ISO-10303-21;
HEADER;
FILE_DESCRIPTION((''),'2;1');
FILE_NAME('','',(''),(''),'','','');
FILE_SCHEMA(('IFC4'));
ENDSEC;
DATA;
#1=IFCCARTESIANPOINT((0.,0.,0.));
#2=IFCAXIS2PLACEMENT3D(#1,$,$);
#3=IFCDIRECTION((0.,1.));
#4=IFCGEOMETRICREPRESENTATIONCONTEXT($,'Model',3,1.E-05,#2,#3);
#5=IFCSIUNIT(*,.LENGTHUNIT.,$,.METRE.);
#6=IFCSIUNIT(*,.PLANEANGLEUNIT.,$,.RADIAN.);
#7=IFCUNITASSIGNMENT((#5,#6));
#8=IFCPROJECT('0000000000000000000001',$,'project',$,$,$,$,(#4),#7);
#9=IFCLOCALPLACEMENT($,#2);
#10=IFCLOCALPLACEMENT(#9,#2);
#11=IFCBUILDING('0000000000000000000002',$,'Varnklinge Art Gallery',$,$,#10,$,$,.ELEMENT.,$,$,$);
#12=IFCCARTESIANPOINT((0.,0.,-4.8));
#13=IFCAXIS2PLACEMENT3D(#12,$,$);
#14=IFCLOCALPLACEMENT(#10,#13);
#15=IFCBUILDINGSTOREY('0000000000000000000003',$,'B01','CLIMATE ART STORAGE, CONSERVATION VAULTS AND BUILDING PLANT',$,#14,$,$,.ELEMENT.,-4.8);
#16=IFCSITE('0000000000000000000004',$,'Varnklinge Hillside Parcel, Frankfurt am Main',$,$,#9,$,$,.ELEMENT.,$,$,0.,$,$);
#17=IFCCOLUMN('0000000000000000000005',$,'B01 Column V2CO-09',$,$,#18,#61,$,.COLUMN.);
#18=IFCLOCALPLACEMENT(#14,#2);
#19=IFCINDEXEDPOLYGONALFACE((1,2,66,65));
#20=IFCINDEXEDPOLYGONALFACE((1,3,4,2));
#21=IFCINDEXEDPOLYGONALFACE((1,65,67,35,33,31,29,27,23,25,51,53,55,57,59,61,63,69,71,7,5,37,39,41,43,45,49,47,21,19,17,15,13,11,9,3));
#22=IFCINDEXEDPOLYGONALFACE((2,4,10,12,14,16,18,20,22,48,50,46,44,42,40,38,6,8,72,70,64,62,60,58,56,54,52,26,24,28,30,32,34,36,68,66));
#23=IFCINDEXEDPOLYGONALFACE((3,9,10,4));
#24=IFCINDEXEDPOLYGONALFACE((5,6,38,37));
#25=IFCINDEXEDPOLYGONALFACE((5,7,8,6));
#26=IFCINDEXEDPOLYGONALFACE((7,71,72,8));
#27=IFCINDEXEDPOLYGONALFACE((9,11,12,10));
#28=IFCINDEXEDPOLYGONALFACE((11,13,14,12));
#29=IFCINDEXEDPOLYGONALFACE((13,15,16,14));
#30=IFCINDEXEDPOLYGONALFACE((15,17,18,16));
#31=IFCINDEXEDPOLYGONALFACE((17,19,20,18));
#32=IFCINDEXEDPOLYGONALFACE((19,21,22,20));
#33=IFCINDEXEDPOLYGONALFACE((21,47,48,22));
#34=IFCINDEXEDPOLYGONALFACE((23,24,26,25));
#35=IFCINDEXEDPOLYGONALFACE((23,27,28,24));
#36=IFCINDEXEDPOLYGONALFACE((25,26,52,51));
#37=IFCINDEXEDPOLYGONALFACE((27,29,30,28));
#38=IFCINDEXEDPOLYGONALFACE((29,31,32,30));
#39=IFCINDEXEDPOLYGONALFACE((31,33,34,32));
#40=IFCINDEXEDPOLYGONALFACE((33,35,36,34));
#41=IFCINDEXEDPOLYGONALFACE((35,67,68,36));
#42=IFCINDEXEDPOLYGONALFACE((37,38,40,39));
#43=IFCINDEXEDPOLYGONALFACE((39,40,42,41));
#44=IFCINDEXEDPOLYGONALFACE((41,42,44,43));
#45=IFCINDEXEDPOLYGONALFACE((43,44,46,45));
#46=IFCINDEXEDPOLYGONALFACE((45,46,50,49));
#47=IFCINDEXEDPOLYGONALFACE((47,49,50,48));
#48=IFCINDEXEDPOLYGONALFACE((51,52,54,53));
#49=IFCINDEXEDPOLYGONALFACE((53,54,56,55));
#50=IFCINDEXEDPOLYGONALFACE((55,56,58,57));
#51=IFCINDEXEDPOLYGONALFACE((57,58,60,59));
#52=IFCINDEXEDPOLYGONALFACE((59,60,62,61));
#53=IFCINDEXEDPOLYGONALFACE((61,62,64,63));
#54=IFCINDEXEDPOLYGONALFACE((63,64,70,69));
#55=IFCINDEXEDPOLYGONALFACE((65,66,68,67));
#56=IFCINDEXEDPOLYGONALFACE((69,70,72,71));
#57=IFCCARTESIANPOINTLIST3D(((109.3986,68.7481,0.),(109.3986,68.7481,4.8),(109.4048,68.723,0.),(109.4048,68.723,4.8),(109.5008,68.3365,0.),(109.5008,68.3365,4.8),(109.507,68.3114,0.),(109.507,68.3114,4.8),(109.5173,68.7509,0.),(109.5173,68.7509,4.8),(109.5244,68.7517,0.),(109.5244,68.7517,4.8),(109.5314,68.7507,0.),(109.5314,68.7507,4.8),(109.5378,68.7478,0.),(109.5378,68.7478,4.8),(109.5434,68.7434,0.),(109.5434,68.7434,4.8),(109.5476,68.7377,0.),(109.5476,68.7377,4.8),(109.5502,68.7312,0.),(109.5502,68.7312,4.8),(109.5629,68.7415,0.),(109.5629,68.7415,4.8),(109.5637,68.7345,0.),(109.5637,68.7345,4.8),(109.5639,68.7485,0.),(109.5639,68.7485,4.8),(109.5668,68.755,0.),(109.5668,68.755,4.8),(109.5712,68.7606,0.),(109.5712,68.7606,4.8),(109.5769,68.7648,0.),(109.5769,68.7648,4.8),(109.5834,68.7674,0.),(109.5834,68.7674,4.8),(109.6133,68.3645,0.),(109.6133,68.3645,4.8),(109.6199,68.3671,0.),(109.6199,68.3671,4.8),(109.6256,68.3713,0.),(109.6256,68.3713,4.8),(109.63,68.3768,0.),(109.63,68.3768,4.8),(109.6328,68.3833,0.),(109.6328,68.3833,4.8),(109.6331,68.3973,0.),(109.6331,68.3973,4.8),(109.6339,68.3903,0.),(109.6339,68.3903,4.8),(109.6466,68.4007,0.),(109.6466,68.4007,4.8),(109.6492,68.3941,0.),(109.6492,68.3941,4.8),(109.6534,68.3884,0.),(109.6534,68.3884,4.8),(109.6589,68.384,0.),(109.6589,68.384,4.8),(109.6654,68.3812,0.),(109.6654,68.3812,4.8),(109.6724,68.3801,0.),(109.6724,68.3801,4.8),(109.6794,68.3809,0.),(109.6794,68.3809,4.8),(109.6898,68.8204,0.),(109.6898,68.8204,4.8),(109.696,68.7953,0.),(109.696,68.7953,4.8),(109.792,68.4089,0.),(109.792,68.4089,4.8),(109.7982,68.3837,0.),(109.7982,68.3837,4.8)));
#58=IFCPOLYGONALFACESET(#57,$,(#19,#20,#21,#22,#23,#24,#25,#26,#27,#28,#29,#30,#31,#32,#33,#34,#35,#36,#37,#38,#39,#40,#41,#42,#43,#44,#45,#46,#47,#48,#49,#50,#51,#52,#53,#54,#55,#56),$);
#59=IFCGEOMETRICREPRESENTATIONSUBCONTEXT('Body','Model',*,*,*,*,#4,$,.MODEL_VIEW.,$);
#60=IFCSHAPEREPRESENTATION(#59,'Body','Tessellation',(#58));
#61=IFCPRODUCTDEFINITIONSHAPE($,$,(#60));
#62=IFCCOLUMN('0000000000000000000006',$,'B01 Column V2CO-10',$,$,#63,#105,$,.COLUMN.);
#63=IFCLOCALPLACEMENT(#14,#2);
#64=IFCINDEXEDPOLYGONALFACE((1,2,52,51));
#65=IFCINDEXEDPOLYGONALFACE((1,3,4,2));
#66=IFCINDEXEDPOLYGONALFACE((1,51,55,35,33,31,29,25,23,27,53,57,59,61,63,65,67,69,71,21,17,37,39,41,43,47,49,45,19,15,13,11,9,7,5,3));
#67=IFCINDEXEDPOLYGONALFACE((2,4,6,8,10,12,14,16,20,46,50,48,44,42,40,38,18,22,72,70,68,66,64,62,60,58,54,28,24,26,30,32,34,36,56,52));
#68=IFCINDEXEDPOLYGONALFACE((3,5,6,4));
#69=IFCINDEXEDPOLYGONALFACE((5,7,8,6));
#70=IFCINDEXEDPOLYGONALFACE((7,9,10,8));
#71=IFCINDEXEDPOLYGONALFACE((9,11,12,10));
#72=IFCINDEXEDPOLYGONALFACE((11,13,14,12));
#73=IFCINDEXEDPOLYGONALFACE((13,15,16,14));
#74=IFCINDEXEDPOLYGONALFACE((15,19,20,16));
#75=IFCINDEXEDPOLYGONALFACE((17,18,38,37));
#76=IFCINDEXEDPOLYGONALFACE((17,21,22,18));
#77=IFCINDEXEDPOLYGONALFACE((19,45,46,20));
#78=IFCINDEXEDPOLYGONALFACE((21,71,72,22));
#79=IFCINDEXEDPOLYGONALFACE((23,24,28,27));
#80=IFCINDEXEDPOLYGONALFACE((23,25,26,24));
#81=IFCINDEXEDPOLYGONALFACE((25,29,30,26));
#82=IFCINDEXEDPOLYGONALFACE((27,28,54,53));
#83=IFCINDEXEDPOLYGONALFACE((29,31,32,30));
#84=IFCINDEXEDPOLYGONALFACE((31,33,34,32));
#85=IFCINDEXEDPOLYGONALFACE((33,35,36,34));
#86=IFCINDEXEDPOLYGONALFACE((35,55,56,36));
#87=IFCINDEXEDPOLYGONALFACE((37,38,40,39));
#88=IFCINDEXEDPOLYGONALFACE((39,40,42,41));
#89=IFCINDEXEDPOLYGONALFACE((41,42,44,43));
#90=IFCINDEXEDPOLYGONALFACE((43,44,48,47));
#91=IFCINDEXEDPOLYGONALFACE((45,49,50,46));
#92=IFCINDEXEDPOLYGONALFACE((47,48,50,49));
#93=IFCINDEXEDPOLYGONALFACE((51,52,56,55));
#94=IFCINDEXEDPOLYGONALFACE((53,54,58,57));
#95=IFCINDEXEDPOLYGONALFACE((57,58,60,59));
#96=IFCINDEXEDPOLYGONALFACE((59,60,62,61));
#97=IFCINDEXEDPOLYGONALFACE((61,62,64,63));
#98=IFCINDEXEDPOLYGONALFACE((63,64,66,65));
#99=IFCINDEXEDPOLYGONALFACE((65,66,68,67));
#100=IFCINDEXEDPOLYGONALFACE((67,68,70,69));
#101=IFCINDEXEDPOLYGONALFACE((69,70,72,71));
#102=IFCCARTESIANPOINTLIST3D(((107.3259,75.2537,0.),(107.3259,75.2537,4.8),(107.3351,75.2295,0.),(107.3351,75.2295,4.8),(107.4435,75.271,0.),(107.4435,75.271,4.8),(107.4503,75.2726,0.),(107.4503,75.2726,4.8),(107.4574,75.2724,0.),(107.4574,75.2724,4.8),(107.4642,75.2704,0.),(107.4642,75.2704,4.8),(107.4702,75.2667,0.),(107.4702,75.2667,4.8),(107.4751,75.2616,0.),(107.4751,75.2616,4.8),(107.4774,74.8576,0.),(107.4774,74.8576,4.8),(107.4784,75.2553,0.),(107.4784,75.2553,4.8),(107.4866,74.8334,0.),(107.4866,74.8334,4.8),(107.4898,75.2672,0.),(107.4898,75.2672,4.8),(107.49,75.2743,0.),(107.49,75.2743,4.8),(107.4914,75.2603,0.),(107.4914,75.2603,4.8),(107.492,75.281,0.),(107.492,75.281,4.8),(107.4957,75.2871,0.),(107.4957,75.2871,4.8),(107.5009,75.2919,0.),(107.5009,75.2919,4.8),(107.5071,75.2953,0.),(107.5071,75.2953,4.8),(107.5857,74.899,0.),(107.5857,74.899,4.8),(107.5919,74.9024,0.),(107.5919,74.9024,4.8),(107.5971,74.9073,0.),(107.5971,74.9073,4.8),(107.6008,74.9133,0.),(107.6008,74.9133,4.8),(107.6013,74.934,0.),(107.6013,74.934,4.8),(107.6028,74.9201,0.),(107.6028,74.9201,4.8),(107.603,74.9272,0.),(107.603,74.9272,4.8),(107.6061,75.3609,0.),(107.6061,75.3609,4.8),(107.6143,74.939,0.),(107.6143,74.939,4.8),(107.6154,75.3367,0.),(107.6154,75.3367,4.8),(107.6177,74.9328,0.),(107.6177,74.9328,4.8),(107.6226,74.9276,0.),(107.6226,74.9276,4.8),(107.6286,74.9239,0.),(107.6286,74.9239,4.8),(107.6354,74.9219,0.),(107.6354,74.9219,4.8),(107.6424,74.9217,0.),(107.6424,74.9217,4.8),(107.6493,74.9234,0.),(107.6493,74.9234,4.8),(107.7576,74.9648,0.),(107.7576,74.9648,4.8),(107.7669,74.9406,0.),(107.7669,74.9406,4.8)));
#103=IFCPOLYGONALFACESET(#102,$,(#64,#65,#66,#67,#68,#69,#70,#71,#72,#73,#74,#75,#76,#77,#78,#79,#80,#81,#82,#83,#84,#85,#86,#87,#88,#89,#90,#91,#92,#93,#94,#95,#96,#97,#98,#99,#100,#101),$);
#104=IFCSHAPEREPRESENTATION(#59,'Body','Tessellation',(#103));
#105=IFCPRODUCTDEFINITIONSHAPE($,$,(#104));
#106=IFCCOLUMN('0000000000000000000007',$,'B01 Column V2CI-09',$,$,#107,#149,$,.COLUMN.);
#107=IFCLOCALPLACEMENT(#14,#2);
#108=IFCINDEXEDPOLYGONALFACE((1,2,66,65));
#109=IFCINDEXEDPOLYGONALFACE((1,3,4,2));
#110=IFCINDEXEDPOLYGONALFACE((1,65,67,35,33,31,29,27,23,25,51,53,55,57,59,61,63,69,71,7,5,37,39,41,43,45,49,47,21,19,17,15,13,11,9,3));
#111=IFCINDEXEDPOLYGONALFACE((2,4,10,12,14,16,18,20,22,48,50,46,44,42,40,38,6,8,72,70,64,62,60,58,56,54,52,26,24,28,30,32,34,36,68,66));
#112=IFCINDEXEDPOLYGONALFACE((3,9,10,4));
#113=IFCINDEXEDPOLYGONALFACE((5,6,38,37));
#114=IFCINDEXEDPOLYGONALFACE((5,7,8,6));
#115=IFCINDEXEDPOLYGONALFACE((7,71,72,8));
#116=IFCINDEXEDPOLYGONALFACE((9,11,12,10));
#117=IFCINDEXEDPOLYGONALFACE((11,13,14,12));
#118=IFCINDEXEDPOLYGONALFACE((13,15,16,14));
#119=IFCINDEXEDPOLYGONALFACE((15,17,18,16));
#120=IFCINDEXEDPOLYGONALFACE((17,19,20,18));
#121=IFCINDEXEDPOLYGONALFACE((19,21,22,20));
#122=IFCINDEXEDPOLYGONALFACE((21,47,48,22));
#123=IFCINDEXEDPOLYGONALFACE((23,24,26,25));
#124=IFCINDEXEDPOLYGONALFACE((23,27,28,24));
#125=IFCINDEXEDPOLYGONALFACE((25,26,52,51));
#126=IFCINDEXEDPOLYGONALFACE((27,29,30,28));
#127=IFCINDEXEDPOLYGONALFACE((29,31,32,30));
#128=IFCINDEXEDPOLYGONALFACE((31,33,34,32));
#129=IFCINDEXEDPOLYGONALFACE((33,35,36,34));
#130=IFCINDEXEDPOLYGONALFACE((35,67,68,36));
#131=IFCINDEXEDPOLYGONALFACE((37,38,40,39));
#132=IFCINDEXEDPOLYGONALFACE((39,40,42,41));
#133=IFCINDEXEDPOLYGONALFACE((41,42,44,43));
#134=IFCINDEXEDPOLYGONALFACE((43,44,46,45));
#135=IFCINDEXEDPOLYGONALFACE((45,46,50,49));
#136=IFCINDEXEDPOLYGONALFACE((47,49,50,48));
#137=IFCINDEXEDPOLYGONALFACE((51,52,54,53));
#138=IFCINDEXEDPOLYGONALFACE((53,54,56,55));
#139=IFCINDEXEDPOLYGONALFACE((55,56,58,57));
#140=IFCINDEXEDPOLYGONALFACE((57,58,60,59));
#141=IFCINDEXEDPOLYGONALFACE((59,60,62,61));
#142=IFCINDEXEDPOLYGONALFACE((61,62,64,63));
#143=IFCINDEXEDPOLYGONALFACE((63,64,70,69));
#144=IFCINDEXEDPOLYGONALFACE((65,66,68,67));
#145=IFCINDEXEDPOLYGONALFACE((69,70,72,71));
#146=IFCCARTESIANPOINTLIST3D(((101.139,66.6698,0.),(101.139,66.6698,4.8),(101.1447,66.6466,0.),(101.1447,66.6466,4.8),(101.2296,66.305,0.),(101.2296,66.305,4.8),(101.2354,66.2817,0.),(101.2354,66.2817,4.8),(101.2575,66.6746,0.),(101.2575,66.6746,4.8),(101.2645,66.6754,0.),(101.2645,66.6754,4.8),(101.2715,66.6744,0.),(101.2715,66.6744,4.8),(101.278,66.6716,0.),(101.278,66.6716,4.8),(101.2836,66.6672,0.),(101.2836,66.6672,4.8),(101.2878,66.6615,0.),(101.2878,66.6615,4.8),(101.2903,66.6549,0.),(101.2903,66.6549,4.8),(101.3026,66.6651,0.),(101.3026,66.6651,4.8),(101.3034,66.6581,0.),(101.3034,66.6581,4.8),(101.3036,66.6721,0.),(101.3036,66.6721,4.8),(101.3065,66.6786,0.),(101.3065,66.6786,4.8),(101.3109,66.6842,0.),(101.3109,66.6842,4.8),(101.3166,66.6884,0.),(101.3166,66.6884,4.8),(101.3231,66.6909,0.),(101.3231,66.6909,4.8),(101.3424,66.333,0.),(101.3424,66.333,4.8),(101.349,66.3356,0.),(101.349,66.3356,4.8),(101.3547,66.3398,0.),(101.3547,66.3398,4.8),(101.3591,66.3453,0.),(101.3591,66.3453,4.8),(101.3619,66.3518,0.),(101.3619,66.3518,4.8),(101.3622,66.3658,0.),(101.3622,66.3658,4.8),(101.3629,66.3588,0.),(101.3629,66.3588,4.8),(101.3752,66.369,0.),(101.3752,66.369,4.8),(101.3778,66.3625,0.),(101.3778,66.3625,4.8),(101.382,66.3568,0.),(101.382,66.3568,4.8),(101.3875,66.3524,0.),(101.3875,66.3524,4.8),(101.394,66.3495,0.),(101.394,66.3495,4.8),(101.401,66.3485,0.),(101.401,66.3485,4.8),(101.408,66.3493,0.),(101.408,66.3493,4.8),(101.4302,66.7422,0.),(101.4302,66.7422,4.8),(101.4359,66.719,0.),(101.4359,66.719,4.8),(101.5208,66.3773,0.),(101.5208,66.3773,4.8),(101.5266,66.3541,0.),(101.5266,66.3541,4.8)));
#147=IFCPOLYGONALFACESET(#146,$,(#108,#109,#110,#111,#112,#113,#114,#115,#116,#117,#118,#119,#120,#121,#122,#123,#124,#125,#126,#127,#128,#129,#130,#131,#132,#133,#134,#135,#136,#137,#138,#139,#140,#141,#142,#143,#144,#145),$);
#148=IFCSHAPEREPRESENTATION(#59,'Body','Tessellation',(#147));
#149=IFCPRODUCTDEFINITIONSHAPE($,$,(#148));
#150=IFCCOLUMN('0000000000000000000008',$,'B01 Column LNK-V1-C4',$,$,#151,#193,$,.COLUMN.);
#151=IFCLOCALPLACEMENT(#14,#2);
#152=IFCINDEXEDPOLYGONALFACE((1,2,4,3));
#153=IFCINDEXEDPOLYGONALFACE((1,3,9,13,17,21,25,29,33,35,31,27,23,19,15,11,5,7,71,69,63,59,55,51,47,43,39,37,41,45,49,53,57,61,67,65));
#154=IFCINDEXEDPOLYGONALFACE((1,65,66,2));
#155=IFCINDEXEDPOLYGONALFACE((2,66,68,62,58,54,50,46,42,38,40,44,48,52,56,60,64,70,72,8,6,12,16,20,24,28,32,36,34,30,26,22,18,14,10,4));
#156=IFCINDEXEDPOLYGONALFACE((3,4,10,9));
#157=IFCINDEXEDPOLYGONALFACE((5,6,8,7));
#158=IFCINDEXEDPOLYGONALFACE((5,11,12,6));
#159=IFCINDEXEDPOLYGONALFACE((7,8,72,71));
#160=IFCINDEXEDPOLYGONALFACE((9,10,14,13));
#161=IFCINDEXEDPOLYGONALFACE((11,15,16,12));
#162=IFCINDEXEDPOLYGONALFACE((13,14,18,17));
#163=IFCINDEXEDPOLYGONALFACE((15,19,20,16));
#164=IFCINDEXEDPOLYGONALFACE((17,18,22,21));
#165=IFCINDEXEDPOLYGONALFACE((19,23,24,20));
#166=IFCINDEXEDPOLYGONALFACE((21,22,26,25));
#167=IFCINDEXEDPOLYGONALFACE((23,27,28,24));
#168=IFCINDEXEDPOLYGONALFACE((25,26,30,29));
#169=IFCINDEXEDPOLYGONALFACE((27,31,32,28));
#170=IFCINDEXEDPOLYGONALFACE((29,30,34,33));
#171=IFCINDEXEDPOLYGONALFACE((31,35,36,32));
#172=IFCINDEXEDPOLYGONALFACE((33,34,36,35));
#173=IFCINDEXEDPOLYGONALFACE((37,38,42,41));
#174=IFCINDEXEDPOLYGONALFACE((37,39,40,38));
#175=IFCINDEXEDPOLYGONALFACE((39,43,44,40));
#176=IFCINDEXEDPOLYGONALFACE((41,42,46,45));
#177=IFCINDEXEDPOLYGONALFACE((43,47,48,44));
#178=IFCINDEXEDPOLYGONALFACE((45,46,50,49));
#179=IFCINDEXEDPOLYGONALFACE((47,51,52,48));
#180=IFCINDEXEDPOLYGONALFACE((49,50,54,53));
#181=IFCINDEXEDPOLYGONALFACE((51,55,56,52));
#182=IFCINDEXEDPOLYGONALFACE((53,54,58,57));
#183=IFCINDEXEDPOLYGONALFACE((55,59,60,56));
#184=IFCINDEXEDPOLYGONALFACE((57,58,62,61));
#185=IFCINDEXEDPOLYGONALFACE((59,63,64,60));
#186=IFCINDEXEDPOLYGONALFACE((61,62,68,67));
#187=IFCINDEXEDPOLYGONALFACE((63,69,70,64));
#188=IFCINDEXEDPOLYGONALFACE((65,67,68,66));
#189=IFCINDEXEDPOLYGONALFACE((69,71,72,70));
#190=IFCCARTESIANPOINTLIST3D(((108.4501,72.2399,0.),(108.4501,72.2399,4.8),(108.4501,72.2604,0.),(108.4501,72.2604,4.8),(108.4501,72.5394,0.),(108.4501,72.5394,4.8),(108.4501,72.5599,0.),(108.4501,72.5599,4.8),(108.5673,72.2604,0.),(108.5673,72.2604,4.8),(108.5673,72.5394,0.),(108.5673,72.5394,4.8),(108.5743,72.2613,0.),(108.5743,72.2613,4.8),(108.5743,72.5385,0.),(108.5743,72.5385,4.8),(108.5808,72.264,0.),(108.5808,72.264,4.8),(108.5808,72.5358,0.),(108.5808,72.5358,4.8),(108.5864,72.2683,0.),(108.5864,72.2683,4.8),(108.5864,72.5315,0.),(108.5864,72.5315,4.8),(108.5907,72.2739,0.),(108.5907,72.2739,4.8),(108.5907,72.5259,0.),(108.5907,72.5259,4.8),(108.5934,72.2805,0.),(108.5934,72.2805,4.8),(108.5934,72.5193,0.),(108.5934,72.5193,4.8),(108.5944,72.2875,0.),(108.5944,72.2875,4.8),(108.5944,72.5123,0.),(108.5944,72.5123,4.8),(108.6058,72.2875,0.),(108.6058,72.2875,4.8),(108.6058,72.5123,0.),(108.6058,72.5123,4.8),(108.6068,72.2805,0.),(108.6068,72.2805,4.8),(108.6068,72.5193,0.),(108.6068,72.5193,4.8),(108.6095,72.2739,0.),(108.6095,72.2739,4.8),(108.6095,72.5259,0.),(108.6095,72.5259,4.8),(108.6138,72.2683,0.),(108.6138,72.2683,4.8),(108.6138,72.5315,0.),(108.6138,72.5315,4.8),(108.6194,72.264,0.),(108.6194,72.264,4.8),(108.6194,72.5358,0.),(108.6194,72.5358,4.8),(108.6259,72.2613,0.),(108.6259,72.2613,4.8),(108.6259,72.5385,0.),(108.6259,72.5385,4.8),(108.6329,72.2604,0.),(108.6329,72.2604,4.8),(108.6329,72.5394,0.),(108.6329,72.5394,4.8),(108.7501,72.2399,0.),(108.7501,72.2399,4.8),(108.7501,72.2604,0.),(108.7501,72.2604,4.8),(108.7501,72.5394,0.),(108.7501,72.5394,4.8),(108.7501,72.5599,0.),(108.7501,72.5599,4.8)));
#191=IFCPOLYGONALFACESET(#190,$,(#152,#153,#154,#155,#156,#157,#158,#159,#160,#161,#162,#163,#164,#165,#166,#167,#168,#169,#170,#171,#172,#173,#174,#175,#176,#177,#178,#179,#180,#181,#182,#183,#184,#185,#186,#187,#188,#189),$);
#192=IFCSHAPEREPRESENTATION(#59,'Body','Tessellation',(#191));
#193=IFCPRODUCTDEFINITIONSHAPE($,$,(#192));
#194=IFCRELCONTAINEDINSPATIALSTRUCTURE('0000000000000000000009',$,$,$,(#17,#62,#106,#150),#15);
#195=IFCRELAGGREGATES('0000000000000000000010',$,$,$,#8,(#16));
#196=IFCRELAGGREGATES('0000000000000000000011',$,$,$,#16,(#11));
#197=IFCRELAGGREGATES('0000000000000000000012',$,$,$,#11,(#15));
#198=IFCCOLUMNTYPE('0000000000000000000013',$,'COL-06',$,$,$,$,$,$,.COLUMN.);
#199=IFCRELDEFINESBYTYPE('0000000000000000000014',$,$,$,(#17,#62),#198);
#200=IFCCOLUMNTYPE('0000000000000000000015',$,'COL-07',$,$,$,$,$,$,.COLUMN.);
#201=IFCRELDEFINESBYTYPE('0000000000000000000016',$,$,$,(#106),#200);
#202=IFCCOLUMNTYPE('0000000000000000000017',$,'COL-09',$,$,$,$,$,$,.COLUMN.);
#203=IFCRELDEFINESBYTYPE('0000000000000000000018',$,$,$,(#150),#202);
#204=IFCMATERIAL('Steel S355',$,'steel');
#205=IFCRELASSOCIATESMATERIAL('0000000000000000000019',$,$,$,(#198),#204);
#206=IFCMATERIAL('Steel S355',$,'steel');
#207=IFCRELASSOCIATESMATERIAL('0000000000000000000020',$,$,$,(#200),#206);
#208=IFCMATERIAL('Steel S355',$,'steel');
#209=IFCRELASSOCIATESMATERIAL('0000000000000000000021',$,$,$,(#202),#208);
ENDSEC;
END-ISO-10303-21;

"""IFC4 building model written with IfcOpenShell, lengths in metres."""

from ifc_helpers import new_model, si_unit, direction, frame, origin, origin_2d, place, context, subcontext, project, spatial, i_section, extrude, material, material_profile, profile_set, type_object, element, save


model = new_model("IFC4")

# Units and contexts
model_context = context("Model", 3, precision=1e-05, world=origin(), true_north=direction((0.0, 1.0)))
body_context = subcontext(model_context, "Body", "Model", "MODEL_VIEW")
ifc_project = project(units=[si_unit("LENGTHUNIT", "METRE"), si_unit("PLANEANGLEUNIT", "RADIAN")], contexts=[model_context])

# Site, building, storey
site_placement = place(None, origin())
site = spatial("IfcSite", under=ifc_project, at=site_placement, Name="Varnklinge Hillside Parcel, Frankfurt am Main", CompositionType="ELEMENT", RefElevation=0.0)
building_placement = place(site_placement, origin())
building = spatial("IfcBuilding", under=site, at=building_placement, Name="Varnklinge Art Gallery", CompositionType="ELEMENT")
storey_placement = place(building_placement, frame((0.0, 0.0, -4.8)))
storey = spatial("IfcBuildingStorey", under=building, at=storey_placement, Name="B01", Description="CLIMATE ART STORAGE, CONSERVATION VAULTS AND BUILDING PLANT", CompositionType="ELEMENT", Elevation=-4.8)

# Columns
ifc_material_1 = material(Name="Steel S355", Category="steel")
ifc_material_profile_1 = material_profile(ifc_material_1, i_section(OverallWidth=0.3, OverallDepth=0.45, WebThickness=0.0139, FlangeThickness=0.0259, FilletRadius=0.0271, at=origin_2d()), Name="HEB 450")
ifc_profile_set_1 = profile_set([ifc_material_profile_1], Name="Steel S355")
column_type_1 = type_object("IfcColumnType", Name="COL-06", PredefinedType="COLUMN", material=ifc_profile_set_1)
for number, where, z_axis, x_axis, name in (
    (1, (109.5984, 68.5659, 0.0), (0.0, 0.0, 1.0), (-0.970506, -0.241075, 0.0), "B01 Column V2CO-09"),
    (2, (107.5464, 75.0972, 0.0), (0.0, 0.0, 1.0), (-0.934018, -0.357227, 0.0), "B01 Column V2CO-10"),
):
    element("IfcColumn", number, at=place(storey_placement, frame(where, z_axis=z_axis, x_axis=x_axis)), inside=storey, type_object=column_type_1, Name=name, PredefinedType="COLUMN", context=body_context, shape_type="SweptSolid", body=[
        extrude(i_section(OverallWidth=0.3, OverallDepth=0.45, WebThickness=0.0139, FlangeThickness=0.0259, FilletRadius=0.0271, at=origin_2d()), origin(), (0.0, 0.0, 1.0), 4.8),
    ])
ifc_material_2 = material(Name="Steel S355", Category="steel")
ifc_material_profile_2 = material_profile(ifc_material_2, i_section(OverallWidth=0.3, OverallDepth=0.3999, WebThickness=0.0134, FlangeThickness=0.0239, FilletRadius=0.0271, at=origin_2d()), Name="HEB 400")
ifc_profile_set_2 = profile_set([ifc_material_profile_2], Name="Steel S355")
column_type_2 = type_object("IfcColumnType", Name="COL-07", PredefinedType="COLUMN", material=ifc_profile_set_2)
column_1_placement = place(storey_placement, frame((101.3328, 66.512, 0.0), z_axis=(0.0, 0.0, 1.0), x_axis=(-0.970506, -0.241075, 0.0)))
element("IfcColumn", 3, at=column_1_placement, inside=storey, type_object=column_type_2, Name="B01 Column V2CI-09", PredefinedType="COLUMN", context=body_context, shape_type="SweptSolid", body=[
    extrude(i_section(OverallWidth=0.3, OverallDepth=0.3999, WebThickness=0.0134, FlangeThickness=0.0239, FilletRadius=0.0271, at=origin_2d()), origin(), (0.0, 0.0, 1.0), 4.8),
])
ifc_material_3 = material(Name="Steel S355", Category="steel")
ifc_material_profile_3 = material_profile(ifc_material_3, i_section(OverallWidth=0.3, OverallDepth=0.3201, WebThickness=0.0115, FlangeThickness=0.0205, FilletRadius=0.0271, at=origin_2d()), Name="HEB 320")
ifc_profile_set_3 = profile_set([ifc_material_profile_3], Name="Steel S355")
column_type_3 = type_object("IfcColumnType", Name="COL-09", PredefinedType="COLUMN", material=ifc_profile_set_3)
column_2_placement = place(storey_placement, frame((108.6001, 72.3999, 0.0), z_axis=(0.0, 0.0, 1.0), x_axis=(1.0, 0.0, 0.0)))
element("IfcColumn", 4, at=column_2_placement, inside=storey, type_object=column_type_3, Name="B01 Column LNK-V1-C4", PredefinedType="COLUMN", context=body_context, shape_type="SweptSolid", body=[
    extrude(i_section(OverallWidth=0.3, OverallDepth=0.3201, WebThickness=0.0115, FlangeThickness=0.0205, FilletRadius=0.0271, at=origin_2d()), origin(), (0.0, 0.0, 1.0), 4.8),
])

save(model, "model.ifc")
